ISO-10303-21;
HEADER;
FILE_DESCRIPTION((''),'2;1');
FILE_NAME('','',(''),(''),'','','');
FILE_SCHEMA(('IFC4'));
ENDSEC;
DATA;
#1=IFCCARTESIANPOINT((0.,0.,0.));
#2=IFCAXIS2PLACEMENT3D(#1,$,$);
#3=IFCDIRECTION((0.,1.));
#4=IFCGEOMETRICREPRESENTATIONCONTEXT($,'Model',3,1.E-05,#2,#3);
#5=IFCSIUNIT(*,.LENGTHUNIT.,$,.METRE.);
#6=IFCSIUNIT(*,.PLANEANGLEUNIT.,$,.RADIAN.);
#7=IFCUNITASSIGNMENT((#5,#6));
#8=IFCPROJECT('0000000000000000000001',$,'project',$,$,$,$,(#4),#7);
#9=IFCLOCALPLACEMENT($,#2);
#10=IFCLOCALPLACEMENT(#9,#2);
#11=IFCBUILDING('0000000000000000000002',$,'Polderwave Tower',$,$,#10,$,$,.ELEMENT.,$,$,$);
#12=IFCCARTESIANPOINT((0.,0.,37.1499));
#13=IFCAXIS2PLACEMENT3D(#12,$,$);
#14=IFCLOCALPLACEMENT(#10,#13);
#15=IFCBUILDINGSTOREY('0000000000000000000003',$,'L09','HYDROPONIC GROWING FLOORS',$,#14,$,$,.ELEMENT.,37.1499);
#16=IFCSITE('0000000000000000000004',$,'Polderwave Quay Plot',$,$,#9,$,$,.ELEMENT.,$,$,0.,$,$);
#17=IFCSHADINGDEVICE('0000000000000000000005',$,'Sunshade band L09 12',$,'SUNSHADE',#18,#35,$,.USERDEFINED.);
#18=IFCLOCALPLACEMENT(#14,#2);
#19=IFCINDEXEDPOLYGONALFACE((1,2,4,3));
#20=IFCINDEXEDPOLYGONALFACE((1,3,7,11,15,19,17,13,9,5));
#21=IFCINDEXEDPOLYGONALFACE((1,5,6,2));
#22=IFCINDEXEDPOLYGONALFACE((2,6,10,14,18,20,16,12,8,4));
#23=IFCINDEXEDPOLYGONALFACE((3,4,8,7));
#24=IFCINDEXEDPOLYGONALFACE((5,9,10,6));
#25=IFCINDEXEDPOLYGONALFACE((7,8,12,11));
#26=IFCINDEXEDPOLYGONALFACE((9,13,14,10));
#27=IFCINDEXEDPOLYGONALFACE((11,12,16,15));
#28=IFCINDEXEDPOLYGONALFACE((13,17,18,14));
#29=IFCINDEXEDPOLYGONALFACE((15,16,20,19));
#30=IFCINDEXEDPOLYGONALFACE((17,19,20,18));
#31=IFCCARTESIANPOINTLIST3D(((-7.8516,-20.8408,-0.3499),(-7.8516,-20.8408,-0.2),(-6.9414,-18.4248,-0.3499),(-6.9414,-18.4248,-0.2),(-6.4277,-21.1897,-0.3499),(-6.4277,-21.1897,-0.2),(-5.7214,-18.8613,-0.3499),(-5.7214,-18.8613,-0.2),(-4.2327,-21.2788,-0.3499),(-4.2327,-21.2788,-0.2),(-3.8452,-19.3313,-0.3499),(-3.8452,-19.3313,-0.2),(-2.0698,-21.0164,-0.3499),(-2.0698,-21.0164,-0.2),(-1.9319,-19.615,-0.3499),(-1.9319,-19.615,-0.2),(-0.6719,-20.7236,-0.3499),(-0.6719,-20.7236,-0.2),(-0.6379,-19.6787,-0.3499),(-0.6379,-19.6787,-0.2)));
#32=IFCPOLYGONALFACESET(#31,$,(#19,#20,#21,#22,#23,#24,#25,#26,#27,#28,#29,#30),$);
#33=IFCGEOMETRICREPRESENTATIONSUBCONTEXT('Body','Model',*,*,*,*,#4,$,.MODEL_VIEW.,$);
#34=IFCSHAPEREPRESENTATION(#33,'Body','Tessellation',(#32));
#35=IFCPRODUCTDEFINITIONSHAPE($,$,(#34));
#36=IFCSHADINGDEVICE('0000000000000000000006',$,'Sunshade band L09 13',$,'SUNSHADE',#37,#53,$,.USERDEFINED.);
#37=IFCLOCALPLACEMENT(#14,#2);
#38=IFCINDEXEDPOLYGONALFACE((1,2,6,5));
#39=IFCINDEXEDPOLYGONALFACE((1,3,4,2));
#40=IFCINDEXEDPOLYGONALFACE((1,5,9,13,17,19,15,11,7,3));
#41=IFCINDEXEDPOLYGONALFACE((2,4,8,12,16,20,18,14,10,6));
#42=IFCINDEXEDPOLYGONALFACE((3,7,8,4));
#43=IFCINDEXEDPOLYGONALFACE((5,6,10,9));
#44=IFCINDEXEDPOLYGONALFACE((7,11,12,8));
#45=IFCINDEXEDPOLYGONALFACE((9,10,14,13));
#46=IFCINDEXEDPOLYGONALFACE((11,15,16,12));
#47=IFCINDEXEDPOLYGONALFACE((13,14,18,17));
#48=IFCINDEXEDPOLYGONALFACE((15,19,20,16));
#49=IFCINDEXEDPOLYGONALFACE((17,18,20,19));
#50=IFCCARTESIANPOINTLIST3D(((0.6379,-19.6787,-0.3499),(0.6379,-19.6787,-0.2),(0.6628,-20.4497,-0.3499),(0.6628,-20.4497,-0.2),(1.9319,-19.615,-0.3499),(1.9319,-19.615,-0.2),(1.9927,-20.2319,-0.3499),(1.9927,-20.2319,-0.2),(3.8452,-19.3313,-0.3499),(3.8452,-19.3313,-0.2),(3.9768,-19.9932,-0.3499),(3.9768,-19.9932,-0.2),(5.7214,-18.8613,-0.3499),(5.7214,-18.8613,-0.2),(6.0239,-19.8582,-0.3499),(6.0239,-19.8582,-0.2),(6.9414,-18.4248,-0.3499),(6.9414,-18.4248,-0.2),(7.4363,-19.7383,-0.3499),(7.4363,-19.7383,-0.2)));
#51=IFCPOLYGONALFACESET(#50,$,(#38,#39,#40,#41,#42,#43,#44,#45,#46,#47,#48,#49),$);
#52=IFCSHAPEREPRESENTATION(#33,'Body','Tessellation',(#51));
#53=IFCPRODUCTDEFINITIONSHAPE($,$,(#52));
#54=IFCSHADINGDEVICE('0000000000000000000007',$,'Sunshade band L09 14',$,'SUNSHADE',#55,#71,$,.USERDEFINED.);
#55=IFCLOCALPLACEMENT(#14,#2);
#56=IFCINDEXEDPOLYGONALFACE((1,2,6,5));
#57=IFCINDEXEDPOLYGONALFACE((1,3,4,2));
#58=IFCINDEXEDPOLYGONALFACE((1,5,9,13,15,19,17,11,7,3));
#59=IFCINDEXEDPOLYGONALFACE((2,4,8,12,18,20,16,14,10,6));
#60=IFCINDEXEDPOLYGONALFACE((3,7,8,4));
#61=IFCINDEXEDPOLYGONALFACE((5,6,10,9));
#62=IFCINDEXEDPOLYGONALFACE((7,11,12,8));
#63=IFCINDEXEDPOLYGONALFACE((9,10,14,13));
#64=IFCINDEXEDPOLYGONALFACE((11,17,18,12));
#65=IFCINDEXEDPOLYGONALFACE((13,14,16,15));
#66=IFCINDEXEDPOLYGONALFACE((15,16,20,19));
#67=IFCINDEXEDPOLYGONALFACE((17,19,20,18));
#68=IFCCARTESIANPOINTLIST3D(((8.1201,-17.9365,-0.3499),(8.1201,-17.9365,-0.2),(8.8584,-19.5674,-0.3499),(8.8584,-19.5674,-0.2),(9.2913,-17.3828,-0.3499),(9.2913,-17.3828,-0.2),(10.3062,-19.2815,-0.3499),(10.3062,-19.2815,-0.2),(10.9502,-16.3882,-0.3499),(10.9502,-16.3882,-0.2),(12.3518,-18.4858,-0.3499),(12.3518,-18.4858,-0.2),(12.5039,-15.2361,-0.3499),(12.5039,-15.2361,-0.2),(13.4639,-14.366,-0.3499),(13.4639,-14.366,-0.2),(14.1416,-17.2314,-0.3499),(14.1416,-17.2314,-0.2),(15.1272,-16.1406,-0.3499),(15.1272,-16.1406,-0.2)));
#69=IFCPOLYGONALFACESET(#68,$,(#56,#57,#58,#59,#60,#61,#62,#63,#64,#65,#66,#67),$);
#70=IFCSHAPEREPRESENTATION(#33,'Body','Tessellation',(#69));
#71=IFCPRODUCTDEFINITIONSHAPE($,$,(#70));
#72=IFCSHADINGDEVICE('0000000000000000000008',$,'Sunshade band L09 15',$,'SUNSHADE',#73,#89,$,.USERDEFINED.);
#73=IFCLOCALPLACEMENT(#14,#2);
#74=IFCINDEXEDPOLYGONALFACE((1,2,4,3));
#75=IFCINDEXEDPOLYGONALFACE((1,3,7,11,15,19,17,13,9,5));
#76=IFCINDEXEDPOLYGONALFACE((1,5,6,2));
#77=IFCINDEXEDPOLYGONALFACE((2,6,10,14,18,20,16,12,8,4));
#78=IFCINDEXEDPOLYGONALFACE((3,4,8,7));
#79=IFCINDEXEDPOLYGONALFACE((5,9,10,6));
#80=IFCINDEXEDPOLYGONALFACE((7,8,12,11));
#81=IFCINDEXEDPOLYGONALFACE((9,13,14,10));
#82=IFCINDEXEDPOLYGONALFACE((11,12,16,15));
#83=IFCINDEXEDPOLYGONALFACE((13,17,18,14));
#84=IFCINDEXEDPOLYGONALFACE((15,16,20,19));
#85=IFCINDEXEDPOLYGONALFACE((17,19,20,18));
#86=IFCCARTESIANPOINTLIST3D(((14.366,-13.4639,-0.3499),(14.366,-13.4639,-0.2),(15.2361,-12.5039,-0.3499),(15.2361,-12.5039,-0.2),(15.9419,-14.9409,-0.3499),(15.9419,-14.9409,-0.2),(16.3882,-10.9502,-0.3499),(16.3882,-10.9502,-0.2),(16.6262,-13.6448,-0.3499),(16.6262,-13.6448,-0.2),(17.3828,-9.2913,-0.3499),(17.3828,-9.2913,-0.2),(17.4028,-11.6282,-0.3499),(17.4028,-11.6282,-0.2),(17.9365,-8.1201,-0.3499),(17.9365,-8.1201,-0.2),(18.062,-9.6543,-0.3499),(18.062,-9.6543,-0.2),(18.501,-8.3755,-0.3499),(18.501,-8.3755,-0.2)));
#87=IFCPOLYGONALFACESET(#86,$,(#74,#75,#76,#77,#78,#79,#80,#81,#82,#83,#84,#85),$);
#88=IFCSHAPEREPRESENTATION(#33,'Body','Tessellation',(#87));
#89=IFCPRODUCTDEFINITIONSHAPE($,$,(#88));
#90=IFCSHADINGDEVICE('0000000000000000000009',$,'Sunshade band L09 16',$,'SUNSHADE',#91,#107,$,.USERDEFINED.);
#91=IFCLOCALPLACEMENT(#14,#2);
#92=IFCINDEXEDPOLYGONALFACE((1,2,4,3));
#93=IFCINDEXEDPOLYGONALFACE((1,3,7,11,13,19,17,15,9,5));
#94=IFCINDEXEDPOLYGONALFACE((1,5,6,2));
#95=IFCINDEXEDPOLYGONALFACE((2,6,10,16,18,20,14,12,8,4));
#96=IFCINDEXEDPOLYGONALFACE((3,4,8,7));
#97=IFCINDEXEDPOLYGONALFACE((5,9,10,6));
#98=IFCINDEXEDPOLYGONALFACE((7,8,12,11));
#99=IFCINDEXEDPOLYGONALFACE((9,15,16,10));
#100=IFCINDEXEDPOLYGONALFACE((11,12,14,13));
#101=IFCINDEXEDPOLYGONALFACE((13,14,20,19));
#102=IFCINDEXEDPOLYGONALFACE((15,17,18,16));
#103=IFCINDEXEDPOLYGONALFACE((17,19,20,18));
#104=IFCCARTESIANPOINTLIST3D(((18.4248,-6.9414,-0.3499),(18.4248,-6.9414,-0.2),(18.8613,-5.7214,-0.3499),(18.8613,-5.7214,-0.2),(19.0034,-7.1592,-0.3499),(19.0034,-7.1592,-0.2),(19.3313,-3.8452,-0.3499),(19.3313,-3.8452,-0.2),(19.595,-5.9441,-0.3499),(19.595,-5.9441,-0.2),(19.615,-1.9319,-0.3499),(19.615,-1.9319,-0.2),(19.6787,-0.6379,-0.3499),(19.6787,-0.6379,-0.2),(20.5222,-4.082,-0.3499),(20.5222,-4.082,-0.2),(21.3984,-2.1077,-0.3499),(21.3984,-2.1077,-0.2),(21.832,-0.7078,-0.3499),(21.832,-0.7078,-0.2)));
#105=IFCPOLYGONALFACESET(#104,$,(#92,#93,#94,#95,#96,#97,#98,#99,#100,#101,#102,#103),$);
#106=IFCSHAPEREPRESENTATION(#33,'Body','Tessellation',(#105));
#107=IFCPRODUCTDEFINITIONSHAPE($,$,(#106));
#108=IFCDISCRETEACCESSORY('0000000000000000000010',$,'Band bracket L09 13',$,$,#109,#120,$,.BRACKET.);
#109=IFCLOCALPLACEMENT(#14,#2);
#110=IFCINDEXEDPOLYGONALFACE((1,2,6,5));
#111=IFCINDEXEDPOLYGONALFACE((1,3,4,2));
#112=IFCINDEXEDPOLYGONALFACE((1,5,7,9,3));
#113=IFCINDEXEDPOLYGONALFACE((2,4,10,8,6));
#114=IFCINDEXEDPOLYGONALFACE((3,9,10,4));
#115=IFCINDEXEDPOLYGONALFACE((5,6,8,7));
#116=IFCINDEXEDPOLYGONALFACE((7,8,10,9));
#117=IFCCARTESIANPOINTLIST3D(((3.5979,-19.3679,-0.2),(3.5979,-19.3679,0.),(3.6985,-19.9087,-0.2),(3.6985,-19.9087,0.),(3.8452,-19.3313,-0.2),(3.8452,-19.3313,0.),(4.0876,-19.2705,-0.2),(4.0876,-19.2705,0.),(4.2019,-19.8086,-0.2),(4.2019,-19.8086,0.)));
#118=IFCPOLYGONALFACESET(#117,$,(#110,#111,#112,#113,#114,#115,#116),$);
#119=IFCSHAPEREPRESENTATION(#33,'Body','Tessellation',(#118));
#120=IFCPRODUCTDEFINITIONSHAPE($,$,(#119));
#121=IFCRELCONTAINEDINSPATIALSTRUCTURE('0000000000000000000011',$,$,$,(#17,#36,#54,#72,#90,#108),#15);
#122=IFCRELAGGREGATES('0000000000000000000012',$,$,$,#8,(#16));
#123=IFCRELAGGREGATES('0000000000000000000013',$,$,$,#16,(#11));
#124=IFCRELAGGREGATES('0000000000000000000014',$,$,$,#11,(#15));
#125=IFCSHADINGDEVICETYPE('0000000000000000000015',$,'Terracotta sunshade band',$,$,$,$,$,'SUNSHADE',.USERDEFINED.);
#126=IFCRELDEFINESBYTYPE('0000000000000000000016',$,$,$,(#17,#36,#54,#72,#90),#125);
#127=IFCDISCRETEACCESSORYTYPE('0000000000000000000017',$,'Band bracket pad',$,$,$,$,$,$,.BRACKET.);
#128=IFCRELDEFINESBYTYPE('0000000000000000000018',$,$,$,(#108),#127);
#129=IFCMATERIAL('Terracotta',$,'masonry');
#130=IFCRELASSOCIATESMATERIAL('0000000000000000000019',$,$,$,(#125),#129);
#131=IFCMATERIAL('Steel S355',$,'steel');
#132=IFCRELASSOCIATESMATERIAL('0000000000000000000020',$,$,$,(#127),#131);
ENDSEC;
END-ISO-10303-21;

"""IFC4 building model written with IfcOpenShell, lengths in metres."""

from ifc_helpers import new_model, si_unit, direction, frame, origin, place, context, subcontext, project, spatial, polyline, outline, extrude, material, type_object, element, save


model = new_model("IFC4")

# Units and contexts
model_context = context("Model", 3, precision=1e-05, world=origin(), true_north=direction((0.0, 1.0)))
body_context = subcontext(model_context, "Body", "Model", "MODEL_VIEW")
ifc_project = project(units=[si_unit("LENGTHUNIT", "METRE"), si_unit("PLANEANGLEUNIT", "RADIAN")], contexts=[model_context])

# Site, building, storey
site_placement = place(None, origin())
site = spatial("IfcSite", under=ifc_project, at=site_placement, Name="Polderwave Quay Plot", CompositionType="ELEMENT", RefElevation=0.0)
building_placement = place(site_placement, origin())
building = spatial("IfcBuilding", under=site, at=building_placement, Name="Polderwave Tower", CompositionType="ELEMENT")
storey_placement = place(building_placement, frame((0.0, 0.0, 37.1499)))
storey = spatial("IfcBuildingStorey", under=building, at=storey_placement, Name="L09", Description="HYDROPONIC GROWING FLOORS", CompositionType="ELEMENT", Elevation=37.1499)

# Shading devices
ifc_material_1 = material(Name="Terracotta", Category="masonry")
shading_device_type = type_object("IfcShadingDeviceType", Name="Terracotta sunshade band", ElementType="SUNSHADE", PredefinedType="USERDEFINED", material=ifc_material_1)
shading_device_1_placement = place(storey_placement, frame((0.0, 0.0, -0.3499)))
element("IfcShadingDevice", 1, at=shading_device_1_placement, inside=storey, type_object=shading_device_type, Name="Sunshade band L09 12", ObjectType="SUNSHADE", PredefinedType="USERDEFINED", context=body_context, shape_type="SweptSolid", body=[
    extrude(outline(polyline([(-6.9414, -18.4248), (-5.7214, -18.8613), (-3.8452, -19.3313), (-1.9319, -19.615), (-0.6379, -19.6787), (-0.6719, -20.7236), (-2.0698, -21.0164), (-4.2327, -21.2788), (-6.4277, -21.1897), (-7.8516, -20.8408), (-6.9414, -18.4248)])), origin(), (0.0, 0.0, 1.0), 0.1499),
])
shading_device_2_placement = place(storey_placement, frame((0.0, 0.0, -0.3499)))
element("IfcShadingDevice", 2, at=shading_device_2_placement, inside=storey, type_object=shading_device_type, Name="Sunshade band L09 13", ObjectType="SUNSHADE", PredefinedType="USERDEFINED", context=body_context, shape_type="SweptSolid", body=[
    extrude(outline(polyline([(0.6379, -19.6787), (1.9319, -19.615), (3.8452, -19.3313), (5.7214, -18.8613), (6.9414, -18.4248), (7.4363, -19.7383), (6.0239, -19.8582), (3.9768, -19.9932), (1.9927, -20.2319), (0.6628, -20.4497), (0.6379, -19.6787)])), origin(), (0.0, 0.0, 1.0), 0.1499),
])
shading_device_3_placement = place(storey_placement, frame((0.0, 0.0, -0.3499)))
element("IfcShadingDevice", 3, at=shading_device_3_placement, inside=storey, type_object=shading_device_type, Name="Sunshade band L09 14", ObjectType="SUNSHADE", PredefinedType="USERDEFINED", context=body_context, shape_type="SweptSolid", body=[
    extrude(outline(polyline([(8.1201, -17.9365), (9.2913, -17.3828), (10.9502, -16.3882), (12.5039, -15.2361), (13.4639, -14.366), (15.1272, -16.1406), (14.1416, -17.2314), (12.3518, -18.4858), (10.3062, -19.2815), (8.8584, -19.5674), (8.1201, -17.9365)])), origin(), (0.0, 0.0, 1.0), 0.1499),
])
shading_device_4_placement = place(storey_placement, frame((0.0, 0.0, -0.3499)))
element("IfcShadingDevice", 4, at=shading_device_4_placement, inside=storey, type_object=shading_device_type, Name="Sunshade band L09 15", ObjectType="SUNSHADE", PredefinedType="USERDEFINED", context=body_context, shape_type="SweptSolid", body=[
    extrude(outline(polyline([(14.366, -13.4639), (15.2361, -12.5039), (16.3882, -10.9502), (17.3828, -9.2913), (17.9365, -8.1201), (18.501, -8.3755), (18.062, -9.6543), (17.4028, -11.6282), (16.6262, -13.6448), (15.9419, -14.9409), (14.366, -13.4639)])), origin(), (0.0, 0.0, 1.0), 0.1499),
])
shading_device_5_placement = place(storey_placement, frame((0.0, 0.0, -0.3499)))
element("IfcShadingDevice", 5, at=shading_device_5_placement, inside=storey, type_object=shading_device_type, Name="Sunshade band L09 16", ObjectType="SUNSHADE", PredefinedType="USERDEFINED", context=body_context, shape_type="SweptSolid", body=[
    extrude(outline(polyline([(18.4248, -6.9414), (18.8613, -5.7214), (19.3313, -3.8452), (19.615, -1.9319), (19.6787, -0.6379), (21.832, -0.7078), (21.3984, -2.1077), (20.5222, -4.082), (19.595, -5.9441), (19.0034, -7.1592), (18.4248, -6.9414)])), origin(), (0.0, 0.0, 1.0), 0.1499),
])

# Discrete accessory
ifc_material_2 = material(Name="Steel S355", Category="steel")
discrete_accessory_type = type_object("IfcDiscreteAccessoryType", Name="Band bracket pad", PredefinedType="BRACKET", material=ifc_material_2)
discrete_accessory_placement = place(storey_placement, frame((0.0, 0.0, -0.2)))
element("IfcDiscreteAccessory", 6, at=discrete_accessory_placement, inside=storey, type_object=discrete_accessory_type, Name="Band bracket L09 13", PredefinedType="BRACKET", context=body_context, shape_type="SweptSolid", body=[
    extrude(outline(polyline([(3.5979, -19.3679), (3.8452, -19.3313), (4.0876, -19.2705), (4.2019, -19.8086), (3.6985, -19.9087), (3.5979, -19.3679)])), origin(), (0.0, 0.0, 1.0), 0.2),
])

save(model, "model.ifc")
